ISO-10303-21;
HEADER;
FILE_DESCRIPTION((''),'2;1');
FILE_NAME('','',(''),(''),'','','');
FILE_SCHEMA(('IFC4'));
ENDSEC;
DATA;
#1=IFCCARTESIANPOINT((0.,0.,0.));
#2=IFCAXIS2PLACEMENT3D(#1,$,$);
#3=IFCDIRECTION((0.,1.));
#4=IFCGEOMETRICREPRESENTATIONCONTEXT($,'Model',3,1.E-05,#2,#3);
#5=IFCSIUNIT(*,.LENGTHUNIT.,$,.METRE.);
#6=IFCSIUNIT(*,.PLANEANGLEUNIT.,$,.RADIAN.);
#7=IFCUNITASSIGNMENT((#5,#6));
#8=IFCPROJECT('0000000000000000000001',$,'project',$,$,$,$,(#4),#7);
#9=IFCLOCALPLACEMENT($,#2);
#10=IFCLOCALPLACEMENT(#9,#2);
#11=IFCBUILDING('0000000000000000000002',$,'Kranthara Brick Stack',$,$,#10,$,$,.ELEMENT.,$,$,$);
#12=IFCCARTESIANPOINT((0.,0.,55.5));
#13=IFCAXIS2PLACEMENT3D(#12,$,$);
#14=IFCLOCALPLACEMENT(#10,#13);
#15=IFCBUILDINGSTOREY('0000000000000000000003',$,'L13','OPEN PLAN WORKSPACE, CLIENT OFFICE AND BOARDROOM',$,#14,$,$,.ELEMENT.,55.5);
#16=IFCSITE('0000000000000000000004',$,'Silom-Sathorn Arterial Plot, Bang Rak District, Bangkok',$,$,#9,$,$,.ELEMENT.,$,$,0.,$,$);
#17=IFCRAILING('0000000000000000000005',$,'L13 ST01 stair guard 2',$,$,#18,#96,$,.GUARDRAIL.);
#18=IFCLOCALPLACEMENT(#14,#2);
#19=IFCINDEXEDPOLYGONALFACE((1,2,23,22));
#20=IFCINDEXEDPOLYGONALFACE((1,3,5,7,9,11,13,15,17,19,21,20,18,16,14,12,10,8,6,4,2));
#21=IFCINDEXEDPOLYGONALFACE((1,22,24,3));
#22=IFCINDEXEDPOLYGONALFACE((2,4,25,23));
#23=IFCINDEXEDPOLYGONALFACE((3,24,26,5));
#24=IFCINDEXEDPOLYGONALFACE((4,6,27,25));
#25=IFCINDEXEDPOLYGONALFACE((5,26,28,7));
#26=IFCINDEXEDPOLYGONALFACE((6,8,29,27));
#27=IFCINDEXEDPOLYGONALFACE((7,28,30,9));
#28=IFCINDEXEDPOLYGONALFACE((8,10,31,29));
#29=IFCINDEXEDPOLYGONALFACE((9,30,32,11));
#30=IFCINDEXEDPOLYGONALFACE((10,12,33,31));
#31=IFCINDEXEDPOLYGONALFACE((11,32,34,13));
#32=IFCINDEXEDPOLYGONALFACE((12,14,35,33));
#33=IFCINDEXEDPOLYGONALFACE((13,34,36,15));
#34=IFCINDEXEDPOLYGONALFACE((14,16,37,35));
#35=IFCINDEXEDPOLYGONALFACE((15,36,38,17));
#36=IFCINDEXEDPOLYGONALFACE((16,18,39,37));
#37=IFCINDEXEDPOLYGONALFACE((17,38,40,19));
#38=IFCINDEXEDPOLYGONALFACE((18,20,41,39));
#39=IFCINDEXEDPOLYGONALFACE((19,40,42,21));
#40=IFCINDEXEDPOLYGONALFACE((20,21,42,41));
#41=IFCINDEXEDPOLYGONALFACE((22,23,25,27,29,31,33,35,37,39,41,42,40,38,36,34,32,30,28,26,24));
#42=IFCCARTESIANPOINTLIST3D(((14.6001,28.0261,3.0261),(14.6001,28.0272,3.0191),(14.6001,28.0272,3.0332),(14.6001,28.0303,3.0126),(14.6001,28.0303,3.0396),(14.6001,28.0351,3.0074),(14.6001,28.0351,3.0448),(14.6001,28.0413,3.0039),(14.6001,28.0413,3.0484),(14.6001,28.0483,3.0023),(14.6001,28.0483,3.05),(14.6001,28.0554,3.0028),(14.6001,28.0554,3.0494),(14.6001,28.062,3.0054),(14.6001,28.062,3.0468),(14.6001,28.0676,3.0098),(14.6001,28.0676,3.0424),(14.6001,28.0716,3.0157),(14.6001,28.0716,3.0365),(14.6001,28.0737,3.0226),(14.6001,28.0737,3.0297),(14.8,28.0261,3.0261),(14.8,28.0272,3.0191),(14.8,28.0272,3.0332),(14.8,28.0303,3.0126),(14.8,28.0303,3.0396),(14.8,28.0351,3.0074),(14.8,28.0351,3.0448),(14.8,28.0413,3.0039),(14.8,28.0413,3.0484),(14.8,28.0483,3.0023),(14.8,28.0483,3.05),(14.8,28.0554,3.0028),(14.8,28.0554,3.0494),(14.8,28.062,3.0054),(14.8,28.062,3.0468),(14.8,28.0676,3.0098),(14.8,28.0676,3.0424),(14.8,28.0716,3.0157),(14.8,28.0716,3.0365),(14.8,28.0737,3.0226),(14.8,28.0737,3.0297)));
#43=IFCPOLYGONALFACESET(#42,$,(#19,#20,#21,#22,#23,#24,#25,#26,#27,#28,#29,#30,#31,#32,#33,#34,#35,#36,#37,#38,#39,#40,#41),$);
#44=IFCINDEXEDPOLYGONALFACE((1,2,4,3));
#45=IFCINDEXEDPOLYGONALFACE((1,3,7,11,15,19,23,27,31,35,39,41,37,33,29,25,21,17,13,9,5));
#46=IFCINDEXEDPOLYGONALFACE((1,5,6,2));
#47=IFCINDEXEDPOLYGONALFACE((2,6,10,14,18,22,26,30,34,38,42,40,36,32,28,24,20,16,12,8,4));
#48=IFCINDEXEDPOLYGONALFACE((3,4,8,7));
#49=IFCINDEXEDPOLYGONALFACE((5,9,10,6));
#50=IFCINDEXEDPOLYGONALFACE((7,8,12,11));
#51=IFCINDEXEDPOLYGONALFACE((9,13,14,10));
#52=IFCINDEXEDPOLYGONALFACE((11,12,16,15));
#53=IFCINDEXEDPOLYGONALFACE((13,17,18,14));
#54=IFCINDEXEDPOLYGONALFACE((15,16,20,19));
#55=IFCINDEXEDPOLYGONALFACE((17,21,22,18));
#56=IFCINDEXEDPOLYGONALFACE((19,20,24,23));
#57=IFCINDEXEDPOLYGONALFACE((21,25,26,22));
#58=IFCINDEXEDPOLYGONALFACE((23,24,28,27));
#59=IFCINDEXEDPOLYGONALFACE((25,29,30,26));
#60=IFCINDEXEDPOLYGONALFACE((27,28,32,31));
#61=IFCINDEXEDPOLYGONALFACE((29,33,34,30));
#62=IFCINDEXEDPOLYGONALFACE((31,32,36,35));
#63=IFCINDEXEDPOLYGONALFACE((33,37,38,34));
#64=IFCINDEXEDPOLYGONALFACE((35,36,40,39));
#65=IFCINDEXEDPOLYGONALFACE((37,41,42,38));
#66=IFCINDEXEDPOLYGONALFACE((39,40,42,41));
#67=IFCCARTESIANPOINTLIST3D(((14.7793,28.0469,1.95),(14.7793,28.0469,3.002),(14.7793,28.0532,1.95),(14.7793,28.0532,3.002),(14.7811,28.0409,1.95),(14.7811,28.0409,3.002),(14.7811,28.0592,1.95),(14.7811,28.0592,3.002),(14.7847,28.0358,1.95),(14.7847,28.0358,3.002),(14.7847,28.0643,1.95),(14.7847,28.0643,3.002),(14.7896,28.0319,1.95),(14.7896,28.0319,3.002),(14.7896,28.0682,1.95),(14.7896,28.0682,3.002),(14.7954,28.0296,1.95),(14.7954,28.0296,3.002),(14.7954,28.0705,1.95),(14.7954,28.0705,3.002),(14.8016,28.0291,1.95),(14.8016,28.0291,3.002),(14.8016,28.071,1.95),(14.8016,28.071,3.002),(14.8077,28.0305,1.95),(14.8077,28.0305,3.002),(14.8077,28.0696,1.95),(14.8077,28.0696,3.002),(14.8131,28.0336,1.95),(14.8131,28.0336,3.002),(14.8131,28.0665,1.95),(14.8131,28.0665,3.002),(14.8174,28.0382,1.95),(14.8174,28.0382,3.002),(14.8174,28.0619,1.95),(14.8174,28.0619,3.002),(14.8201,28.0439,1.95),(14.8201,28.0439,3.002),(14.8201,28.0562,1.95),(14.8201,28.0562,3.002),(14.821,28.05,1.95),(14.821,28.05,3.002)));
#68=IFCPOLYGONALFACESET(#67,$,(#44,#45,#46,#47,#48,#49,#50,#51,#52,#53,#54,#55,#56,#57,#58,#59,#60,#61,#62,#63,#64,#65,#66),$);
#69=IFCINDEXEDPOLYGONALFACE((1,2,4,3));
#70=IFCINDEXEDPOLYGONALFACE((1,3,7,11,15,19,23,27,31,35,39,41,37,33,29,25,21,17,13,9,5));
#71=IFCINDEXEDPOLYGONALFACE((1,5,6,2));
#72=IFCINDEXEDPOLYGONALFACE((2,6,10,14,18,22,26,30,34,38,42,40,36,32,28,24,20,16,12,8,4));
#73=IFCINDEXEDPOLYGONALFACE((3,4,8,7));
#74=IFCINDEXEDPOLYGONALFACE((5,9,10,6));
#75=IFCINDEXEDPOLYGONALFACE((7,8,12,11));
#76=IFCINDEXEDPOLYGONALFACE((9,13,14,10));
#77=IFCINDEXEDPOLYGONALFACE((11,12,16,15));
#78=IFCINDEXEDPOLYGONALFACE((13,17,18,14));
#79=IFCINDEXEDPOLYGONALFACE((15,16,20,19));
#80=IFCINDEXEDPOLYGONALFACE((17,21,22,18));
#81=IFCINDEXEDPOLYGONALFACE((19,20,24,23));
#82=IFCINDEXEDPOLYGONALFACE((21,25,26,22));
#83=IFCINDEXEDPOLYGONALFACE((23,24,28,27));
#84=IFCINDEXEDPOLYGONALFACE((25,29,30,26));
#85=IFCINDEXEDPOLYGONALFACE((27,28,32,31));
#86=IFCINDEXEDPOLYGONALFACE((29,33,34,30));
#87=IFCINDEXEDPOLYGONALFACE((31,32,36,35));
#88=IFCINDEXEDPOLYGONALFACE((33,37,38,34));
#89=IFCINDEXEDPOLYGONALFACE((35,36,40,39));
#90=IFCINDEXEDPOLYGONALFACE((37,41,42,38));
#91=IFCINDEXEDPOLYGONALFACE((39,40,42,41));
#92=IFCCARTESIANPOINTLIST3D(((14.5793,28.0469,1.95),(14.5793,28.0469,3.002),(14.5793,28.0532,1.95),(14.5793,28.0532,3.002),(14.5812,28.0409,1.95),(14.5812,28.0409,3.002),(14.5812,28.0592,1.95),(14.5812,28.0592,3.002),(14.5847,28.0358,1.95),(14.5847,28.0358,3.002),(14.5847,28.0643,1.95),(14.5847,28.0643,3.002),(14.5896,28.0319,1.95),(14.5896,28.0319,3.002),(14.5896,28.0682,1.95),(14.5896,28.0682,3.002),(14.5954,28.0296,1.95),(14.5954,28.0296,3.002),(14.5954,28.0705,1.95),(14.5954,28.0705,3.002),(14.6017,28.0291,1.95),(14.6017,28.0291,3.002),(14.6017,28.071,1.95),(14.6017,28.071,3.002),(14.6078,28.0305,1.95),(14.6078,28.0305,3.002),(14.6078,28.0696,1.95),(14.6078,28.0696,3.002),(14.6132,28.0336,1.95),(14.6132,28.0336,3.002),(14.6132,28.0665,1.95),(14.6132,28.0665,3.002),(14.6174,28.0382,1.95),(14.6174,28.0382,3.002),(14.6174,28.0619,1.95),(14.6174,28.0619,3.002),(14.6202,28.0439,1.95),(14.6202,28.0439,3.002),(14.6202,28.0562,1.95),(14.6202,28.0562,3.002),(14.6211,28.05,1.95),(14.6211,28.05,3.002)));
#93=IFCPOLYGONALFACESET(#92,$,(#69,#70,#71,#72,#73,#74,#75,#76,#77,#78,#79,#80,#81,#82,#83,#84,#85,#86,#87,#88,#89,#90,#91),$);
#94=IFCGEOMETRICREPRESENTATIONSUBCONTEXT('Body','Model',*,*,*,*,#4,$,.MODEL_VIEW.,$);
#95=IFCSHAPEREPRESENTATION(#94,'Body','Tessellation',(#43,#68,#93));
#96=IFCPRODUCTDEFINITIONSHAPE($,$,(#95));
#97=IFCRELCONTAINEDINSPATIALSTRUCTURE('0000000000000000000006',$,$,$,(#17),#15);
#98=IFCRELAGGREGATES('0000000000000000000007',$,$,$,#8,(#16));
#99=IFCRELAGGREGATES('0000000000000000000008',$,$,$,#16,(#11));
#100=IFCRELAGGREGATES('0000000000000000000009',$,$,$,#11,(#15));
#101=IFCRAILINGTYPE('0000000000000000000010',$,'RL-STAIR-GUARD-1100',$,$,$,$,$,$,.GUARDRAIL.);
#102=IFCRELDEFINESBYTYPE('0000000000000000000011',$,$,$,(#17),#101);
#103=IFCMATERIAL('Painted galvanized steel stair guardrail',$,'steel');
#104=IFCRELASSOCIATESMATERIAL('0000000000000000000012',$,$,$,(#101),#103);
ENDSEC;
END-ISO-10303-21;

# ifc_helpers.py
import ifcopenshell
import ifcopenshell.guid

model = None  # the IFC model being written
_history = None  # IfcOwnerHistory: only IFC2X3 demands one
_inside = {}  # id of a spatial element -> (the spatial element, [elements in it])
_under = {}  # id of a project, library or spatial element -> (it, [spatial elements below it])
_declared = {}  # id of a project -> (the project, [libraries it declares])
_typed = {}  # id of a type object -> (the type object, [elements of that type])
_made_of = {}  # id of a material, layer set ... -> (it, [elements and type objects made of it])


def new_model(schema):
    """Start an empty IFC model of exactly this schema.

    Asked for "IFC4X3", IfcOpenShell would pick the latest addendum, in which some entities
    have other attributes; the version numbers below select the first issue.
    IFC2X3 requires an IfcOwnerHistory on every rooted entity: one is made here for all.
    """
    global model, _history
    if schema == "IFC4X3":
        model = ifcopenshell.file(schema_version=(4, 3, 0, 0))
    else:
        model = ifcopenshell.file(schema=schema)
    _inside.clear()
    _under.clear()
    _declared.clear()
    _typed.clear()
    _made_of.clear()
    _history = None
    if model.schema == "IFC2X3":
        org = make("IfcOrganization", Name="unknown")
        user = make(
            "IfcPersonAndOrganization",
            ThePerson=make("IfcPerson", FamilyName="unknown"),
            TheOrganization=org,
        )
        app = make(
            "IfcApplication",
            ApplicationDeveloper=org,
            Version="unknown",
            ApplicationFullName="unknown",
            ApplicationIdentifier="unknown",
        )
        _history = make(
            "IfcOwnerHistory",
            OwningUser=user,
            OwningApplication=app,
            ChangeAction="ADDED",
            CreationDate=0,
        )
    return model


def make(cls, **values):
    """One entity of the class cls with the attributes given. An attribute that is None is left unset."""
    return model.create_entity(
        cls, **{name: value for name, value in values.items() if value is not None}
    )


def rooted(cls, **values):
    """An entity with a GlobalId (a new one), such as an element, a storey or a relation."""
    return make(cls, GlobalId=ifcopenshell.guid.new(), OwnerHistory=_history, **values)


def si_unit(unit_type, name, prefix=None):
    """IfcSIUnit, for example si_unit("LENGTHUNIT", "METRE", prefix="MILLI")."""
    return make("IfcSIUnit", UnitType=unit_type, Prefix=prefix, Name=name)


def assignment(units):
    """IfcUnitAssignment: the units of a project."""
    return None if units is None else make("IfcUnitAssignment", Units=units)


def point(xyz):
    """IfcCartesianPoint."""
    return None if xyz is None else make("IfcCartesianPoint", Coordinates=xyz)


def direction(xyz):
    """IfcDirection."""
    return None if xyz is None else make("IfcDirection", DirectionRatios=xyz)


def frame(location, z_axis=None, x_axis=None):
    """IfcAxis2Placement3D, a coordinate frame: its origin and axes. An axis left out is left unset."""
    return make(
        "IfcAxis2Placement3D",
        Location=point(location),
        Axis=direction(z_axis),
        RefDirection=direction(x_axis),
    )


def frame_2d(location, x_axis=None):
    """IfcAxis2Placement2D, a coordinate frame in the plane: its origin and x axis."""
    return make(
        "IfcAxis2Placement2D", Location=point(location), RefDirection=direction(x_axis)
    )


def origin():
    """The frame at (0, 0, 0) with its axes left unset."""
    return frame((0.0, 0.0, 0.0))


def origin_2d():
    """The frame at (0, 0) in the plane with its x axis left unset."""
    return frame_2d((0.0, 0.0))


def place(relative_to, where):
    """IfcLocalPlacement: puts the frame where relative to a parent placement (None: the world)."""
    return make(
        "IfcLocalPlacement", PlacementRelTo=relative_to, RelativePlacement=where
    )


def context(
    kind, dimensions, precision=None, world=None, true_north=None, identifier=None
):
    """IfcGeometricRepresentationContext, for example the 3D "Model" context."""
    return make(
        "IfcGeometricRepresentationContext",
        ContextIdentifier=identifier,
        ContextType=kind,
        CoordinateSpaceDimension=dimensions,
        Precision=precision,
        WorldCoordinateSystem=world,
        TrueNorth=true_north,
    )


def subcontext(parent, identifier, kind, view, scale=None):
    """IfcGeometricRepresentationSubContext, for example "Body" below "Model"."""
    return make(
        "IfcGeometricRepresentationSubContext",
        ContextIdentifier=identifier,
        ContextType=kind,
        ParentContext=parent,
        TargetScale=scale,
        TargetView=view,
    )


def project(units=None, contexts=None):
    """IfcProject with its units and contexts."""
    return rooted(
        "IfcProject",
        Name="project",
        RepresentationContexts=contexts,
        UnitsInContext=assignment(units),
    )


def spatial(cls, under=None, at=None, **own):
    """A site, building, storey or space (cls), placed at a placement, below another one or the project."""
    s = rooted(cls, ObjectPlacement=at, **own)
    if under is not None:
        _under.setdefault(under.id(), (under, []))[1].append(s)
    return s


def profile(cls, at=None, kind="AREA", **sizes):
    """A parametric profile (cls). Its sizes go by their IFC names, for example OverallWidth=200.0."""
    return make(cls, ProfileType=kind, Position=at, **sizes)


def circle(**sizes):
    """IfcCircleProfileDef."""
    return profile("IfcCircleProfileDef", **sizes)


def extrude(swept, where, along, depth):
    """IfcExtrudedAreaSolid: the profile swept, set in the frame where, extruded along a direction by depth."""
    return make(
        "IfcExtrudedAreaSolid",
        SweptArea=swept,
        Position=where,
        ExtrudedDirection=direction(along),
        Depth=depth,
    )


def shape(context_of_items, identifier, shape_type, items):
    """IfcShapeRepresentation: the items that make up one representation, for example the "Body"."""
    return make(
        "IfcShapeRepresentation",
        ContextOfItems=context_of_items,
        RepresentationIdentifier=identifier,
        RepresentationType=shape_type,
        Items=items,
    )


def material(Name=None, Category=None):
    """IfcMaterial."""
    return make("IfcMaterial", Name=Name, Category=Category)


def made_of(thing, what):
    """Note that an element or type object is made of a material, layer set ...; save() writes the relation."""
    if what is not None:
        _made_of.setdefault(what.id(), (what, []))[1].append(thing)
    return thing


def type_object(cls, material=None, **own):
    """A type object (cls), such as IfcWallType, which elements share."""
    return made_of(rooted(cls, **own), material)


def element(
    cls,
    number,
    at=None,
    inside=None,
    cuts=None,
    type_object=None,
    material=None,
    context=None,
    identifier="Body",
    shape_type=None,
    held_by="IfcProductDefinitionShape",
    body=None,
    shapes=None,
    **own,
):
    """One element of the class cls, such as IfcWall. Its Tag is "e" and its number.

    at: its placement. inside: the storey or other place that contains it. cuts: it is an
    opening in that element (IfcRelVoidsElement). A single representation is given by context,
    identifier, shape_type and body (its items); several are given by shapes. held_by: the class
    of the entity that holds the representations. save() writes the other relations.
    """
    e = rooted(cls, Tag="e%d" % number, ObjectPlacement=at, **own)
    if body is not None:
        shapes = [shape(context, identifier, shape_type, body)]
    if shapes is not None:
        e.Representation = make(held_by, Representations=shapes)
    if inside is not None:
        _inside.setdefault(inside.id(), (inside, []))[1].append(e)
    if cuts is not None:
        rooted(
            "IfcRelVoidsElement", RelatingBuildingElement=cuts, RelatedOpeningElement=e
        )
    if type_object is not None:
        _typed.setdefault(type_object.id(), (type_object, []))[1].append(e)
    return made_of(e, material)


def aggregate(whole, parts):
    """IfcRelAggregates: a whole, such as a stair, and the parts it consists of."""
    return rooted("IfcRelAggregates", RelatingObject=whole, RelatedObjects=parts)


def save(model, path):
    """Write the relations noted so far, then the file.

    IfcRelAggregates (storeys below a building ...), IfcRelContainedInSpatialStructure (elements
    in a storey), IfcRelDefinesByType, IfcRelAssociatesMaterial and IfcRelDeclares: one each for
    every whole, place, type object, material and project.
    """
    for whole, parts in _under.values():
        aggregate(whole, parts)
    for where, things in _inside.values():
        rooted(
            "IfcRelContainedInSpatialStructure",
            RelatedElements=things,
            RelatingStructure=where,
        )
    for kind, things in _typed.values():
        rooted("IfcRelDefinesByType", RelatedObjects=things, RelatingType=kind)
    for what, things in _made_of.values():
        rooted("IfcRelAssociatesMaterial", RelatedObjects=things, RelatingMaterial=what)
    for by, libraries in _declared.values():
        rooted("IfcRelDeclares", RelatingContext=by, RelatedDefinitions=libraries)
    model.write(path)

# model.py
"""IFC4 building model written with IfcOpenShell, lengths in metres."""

from ifc_helpers import new_model, si_unit, direction, frame, origin, origin_2d, place, context, subcontext, project, spatial, circle, extrude, material, type_object, element, save


model = new_model("IFC4")

# Units and contexts
model_context = context("Model", 3, precision=1e-05, world=origin(), true_north=direction((0.0, 1.0)))
body_context = subcontext(model_context, "Body", "Model", "MODEL_VIEW")
ifc_project = project(units=[si_unit("LENGTHUNIT", "METRE"), si_unit("PLANEANGLEUNIT", "RADIAN")], contexts=[model_context])

# Site, building, storey
site_placement = place(None, origin())
site = spatial("IfcSite", under=ifc_project, at=site_placement, Name="Silom-Sathorn Arterial Plot, Bang Rak District, Bangkok", CompositionType="ELEMENT", RefElevation=0.0)
building_placement = place(site_placement, origin())
building = spatial("IfcBuilding", under=site, at=building_placement, Name="Kranthara Brick Stack", CompositionType="ELEMENT")
storey_placement = place(building_placement, frame((0.0, 0.0, 55.5)))
storey = spatial("IfcBuildingStorey", under=building, at=storey_placement, Name="L13", Description="OPEN PLAN WORKSPACE, CLIENT OFFICE AND BOARDROOM", CompositionType="ELEMENT", Elevation=55.5)

# Railing
ifc_material_1 = material(Name="Painted galvanized steel stair guardrail", Category="steel")
railing_type_1 = type_object("IfcRailingType", Name="RL-STAIR-GUARD-1100", PredefinedType="GUARDRAIL", material=ifc_material_1)
railing_1_placement = place(storey_placement, frame((14.8, 28.05, 1.95)))
element("IfcRailing", 1, at=railing_1_placement, inside=storey, type_object=railing_type_1, Name="L13 ST01 stair guard 2", PredefinedType="GUARDRAIL", context=body_context, shape_type="SweptSolid", body=[
    extrude(circle(Radius=0.0239, at=origin_2d()), frame((0.0, 0.0, 1.0762), z_axis=(-1.0, 0.0, 0.0), x_axis=(0.0, -1.0, 0.0)), (0.0, 0.0, 1.0), 0.2),
    extrude(circle(Radius=0.021, at=origin_2d()), origin(), (0.0, 0.0, 1.0), 1.052),
    extrude(circle(Radius=0.021, at=origin_2d()), frame((-0.2, 0.0, 0.0)), (0.0, 0.0, 1.0), 1.052),
])

save(model, "model.ifc")
